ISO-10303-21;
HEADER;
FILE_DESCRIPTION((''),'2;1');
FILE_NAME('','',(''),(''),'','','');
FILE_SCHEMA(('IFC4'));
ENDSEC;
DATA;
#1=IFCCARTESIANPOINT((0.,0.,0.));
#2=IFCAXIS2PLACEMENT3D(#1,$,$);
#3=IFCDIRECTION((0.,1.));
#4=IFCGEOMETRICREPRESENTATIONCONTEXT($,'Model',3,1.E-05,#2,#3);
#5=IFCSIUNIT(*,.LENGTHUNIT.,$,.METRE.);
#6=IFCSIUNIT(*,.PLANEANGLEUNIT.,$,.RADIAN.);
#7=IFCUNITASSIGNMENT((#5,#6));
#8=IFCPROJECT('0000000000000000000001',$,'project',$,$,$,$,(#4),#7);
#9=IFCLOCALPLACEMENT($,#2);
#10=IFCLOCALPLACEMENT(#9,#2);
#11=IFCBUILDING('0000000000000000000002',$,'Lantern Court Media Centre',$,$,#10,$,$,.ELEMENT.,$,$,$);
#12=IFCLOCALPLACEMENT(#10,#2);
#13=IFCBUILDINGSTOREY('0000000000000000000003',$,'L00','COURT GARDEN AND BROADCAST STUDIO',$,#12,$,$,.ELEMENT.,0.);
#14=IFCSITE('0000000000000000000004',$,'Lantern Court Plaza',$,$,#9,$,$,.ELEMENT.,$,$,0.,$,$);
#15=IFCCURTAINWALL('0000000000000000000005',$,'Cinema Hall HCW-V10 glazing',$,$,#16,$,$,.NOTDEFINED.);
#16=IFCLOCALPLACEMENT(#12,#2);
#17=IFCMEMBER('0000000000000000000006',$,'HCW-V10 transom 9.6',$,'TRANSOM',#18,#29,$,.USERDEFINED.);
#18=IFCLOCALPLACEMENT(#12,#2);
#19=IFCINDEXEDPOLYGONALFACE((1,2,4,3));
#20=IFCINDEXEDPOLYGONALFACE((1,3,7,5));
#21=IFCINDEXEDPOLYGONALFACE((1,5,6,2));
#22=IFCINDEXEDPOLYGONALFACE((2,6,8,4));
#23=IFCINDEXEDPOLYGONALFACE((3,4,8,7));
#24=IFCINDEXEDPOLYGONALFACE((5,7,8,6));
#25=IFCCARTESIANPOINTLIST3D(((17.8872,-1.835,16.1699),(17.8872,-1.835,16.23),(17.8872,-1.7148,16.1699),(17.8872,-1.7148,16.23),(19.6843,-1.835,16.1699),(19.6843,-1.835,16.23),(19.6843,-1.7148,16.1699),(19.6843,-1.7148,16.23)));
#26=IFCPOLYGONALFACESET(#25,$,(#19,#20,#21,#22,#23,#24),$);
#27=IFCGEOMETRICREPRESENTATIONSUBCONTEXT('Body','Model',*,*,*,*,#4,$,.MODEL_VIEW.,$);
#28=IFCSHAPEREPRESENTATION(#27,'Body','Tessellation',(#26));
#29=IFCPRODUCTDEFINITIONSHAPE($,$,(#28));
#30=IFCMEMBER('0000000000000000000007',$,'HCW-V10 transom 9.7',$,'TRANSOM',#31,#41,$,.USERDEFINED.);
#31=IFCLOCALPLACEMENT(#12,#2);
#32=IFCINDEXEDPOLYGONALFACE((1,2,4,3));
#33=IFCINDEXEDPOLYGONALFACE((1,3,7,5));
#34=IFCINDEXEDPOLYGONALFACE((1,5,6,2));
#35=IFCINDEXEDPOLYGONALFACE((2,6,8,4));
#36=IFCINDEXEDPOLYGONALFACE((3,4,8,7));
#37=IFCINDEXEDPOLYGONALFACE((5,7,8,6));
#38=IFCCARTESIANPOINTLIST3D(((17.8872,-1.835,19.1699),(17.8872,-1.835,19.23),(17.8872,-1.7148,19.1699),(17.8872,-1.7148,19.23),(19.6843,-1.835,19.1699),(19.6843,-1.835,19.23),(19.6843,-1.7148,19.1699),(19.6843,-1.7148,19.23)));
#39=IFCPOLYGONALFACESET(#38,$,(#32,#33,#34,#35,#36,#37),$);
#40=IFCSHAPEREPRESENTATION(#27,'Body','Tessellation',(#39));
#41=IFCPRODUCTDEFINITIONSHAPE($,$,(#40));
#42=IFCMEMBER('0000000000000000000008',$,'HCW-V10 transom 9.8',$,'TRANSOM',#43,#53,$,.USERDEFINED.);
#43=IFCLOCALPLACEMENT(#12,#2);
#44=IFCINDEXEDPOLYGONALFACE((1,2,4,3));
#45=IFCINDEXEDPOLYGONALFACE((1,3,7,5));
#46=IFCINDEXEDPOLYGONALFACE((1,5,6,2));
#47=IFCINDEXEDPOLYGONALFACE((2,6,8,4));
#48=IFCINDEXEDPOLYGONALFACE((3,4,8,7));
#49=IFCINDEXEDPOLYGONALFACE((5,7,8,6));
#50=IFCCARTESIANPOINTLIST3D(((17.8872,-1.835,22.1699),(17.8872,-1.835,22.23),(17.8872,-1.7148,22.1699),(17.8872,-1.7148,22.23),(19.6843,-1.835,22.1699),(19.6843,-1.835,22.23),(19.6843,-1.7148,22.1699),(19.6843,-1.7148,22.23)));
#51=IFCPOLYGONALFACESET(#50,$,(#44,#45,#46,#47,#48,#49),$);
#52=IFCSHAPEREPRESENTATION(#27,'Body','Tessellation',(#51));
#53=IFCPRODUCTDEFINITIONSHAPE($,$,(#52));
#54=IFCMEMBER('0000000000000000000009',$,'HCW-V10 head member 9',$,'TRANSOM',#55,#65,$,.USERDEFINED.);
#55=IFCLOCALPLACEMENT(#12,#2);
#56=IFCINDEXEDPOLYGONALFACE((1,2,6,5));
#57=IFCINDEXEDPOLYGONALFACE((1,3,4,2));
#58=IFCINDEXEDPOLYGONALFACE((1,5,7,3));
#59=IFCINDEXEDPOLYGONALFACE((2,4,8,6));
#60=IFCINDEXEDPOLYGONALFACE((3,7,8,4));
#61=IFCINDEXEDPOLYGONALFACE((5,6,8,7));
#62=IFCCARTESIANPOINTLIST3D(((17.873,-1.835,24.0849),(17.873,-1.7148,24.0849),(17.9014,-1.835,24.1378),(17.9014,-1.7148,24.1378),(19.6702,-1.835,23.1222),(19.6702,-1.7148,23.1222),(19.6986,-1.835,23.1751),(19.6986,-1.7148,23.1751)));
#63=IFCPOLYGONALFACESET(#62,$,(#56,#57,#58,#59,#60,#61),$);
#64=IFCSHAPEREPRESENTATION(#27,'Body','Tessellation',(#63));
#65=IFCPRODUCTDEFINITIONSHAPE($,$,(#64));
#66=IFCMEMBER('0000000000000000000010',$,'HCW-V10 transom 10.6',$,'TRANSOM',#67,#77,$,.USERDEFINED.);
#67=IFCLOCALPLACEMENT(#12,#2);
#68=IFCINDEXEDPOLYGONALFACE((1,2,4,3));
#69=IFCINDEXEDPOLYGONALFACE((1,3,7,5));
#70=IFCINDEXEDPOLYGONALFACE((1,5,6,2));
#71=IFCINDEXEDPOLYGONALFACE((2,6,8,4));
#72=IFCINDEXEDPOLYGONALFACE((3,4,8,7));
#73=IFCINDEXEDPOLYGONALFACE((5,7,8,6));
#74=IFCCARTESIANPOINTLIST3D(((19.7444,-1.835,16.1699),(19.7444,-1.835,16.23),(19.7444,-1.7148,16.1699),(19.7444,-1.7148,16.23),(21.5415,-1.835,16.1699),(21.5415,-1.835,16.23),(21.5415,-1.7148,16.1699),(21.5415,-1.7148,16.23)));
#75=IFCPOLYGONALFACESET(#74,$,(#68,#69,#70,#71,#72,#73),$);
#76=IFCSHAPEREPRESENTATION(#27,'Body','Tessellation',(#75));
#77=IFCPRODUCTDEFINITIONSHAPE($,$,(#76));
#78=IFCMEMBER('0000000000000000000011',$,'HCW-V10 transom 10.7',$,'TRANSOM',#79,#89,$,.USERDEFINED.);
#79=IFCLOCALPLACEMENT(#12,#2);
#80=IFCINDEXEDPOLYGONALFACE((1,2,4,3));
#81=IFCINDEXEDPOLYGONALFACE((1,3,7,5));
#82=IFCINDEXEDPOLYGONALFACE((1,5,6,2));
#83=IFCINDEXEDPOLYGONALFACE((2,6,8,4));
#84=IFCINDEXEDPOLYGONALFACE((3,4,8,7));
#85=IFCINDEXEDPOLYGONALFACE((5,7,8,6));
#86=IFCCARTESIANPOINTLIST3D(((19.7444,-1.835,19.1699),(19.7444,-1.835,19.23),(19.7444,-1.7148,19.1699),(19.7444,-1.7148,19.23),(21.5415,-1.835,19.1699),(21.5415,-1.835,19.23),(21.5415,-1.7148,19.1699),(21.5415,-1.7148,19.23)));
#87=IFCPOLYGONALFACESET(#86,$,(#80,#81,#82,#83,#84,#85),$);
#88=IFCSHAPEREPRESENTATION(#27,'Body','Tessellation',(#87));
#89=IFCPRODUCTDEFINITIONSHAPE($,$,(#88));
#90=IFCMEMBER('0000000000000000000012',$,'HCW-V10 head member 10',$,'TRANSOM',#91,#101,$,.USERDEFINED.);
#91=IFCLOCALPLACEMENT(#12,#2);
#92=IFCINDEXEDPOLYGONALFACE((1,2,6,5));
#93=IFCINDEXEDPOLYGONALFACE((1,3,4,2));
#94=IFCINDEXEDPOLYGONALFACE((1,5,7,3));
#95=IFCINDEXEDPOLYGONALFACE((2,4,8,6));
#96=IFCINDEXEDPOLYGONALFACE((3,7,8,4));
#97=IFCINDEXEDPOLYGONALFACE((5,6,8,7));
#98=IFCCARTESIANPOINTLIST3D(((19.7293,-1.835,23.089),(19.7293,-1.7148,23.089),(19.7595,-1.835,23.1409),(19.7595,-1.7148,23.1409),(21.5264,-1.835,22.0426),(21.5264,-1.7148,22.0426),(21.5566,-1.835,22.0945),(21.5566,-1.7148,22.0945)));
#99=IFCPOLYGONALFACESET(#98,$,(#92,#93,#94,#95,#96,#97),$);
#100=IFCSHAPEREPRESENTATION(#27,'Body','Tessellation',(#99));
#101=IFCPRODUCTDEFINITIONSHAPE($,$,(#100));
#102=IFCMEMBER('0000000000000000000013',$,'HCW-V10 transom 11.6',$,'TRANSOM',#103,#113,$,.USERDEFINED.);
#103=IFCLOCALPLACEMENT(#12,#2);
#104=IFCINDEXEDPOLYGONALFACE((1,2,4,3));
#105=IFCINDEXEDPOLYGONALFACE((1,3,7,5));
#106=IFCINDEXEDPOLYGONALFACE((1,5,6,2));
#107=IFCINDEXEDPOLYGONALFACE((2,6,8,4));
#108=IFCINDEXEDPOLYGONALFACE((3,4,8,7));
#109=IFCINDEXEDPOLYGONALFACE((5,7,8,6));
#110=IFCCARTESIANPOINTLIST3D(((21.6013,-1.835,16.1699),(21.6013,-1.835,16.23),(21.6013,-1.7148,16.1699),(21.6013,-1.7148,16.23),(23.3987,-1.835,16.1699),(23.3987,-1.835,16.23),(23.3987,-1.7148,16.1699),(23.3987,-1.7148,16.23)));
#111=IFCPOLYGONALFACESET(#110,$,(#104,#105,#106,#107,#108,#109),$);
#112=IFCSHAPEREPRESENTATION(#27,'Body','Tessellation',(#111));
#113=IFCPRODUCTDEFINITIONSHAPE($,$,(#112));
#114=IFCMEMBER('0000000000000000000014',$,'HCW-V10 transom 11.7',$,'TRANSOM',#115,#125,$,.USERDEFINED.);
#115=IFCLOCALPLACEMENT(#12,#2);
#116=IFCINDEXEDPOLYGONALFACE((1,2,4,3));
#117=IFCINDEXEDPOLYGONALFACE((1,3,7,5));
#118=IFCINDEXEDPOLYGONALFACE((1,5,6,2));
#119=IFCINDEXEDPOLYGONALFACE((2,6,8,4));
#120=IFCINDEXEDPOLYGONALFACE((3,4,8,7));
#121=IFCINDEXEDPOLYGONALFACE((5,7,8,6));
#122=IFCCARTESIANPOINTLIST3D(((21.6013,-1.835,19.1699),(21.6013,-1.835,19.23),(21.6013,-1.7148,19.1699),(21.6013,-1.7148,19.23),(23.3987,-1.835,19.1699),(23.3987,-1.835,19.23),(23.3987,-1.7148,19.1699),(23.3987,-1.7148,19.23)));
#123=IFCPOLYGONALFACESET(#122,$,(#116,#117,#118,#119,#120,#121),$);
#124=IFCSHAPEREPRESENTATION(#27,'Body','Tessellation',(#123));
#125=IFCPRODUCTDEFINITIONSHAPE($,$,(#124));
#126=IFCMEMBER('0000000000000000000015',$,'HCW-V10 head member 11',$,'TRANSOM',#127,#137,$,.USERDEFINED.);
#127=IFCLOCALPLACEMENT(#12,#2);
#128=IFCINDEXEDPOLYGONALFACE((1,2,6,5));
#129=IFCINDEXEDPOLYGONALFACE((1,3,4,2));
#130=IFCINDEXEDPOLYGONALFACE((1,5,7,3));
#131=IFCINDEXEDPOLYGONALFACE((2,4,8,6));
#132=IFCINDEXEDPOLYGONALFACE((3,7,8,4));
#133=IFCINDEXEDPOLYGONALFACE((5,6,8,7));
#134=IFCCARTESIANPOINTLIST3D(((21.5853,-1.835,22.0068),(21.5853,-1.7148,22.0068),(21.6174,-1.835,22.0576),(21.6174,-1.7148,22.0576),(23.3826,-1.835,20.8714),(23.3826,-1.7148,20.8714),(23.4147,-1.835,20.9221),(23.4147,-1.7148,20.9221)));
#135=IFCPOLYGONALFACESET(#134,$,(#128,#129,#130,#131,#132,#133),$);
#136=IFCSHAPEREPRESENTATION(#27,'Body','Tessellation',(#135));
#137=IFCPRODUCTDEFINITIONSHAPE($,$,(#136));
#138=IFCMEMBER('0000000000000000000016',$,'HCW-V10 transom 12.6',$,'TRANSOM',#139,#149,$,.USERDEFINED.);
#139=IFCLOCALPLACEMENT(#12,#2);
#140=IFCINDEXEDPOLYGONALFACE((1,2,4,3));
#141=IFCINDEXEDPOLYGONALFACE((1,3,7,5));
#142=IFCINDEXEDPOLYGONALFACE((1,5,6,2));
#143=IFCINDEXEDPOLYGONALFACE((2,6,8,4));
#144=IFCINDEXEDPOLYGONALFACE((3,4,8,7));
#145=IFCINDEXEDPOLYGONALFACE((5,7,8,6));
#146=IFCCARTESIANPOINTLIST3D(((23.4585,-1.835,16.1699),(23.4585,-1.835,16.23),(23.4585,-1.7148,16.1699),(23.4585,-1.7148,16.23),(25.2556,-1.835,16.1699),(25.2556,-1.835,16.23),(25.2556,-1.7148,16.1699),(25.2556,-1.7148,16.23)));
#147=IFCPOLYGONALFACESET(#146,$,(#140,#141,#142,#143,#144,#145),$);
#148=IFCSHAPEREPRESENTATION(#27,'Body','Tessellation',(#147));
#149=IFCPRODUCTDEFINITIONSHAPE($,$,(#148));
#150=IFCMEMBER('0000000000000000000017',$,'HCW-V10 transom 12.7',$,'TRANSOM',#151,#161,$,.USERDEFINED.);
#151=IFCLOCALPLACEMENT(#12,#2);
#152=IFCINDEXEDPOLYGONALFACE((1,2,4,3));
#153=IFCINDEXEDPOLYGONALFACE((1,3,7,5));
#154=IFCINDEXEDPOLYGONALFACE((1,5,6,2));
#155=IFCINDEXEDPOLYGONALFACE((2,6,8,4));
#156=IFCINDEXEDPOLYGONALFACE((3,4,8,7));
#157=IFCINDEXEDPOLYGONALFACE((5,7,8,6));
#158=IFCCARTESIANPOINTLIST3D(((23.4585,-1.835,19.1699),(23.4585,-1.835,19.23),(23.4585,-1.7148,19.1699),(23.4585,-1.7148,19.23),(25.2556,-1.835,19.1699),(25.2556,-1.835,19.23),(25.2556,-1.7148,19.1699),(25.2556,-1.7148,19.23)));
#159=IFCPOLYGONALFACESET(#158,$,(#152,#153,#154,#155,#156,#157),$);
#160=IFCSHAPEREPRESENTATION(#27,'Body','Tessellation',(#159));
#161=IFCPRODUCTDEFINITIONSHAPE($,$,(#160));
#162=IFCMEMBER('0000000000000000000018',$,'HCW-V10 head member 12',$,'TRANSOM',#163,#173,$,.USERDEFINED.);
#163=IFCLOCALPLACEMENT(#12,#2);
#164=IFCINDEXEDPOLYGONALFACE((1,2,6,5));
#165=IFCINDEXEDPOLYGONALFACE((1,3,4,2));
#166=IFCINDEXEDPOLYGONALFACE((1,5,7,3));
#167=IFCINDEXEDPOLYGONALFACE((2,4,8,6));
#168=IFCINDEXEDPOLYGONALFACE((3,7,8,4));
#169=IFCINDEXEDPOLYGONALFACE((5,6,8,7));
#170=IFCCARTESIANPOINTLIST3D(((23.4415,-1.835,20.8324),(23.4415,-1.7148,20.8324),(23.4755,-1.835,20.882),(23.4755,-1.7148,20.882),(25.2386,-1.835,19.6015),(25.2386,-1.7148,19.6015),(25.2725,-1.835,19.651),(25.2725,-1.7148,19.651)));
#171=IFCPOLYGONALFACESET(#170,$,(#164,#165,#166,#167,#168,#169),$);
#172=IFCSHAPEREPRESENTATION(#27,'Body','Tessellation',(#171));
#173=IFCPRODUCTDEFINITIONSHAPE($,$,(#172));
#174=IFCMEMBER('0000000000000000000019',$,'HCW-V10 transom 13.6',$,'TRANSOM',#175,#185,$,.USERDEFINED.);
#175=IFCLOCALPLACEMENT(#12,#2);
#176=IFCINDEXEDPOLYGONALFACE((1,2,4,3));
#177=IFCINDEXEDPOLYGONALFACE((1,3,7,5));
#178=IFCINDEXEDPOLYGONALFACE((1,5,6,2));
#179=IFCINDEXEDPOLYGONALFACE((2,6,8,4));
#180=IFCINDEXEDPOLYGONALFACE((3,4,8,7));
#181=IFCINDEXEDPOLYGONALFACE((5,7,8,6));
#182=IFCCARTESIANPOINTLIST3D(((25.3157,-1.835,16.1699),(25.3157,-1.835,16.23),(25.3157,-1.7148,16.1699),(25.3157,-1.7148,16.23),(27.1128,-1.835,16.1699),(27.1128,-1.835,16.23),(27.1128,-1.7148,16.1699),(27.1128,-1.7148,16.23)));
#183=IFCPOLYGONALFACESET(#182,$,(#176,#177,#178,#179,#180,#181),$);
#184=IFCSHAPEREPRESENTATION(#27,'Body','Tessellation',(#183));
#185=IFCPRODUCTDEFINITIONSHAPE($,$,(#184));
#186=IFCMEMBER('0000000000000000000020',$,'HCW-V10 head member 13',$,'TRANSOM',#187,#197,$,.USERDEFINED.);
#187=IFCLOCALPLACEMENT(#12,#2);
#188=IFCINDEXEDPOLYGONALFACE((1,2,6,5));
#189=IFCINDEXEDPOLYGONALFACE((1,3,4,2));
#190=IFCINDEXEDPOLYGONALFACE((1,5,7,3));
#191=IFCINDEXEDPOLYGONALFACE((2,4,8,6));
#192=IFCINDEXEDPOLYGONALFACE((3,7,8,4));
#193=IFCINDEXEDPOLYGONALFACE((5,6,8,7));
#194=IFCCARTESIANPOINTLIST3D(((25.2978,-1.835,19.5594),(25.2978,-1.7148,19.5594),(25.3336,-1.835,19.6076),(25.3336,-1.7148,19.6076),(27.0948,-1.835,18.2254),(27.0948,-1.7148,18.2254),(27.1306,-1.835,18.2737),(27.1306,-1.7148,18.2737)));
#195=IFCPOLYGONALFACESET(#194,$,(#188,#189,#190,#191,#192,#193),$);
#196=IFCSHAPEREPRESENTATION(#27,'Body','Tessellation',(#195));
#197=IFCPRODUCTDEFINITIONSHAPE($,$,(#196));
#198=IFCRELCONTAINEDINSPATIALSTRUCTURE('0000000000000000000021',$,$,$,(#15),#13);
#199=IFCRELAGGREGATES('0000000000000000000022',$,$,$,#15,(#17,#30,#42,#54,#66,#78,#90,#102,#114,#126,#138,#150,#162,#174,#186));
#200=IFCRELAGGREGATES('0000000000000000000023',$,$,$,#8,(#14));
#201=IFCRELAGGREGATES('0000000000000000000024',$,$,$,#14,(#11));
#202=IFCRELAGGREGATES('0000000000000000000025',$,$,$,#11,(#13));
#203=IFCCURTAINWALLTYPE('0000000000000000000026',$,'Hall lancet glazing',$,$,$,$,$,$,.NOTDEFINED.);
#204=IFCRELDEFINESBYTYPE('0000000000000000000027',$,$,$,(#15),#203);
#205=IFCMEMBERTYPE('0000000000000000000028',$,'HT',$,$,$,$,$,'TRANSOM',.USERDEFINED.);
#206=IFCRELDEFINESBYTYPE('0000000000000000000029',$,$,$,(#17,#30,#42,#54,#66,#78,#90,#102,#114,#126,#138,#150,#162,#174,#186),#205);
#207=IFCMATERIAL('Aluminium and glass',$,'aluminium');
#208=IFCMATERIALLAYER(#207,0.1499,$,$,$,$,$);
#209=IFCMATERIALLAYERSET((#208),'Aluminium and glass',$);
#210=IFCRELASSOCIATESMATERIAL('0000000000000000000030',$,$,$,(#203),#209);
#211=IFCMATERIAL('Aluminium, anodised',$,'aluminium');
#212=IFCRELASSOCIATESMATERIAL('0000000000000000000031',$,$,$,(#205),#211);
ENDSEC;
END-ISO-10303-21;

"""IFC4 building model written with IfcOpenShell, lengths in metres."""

from ifc_helpers import new_model, si_unit, direction, frame, origin, origin_2d, place, context, subcontext, project, spatial, rectangle, extrude, material, layer, layer_set, material_profile, profile_set, type_object, element, aggregate, save


model = new_model("IFC4")

# Units and contexts
model_context = context("Model", 3, precision=1e-05, world=origin(), true_north=direction((0.0, 1.0)))
body_context = subcontext(model_context, "Body", "Model", "MODEL_VIEW")
ifc_project = project(units=[si_unit("LENGTHUNIT", "METRE"), si_unit("PLANEANGLEUNIT", "RADIAN")], contexts=[model_context])

# Site, building, storey
site_placement = place(None, origin())
site = spatial("IfcSite", under=ifc_project, at=site_placement, Name="Lantern Court Plaza", CompositionType="ELEMENT", RefElevation=0.0)
building_placement = place(site_placement, origin())
building = spatial("IfcBuilding", under=site, at=building_placement, Name="Lantern Court Media Centre", CompositionType="ELEMENT")
storey_placement = place(building_placement, origin())
storey = spatial("IfcBuildingStorey", under=building, at=storey_placement, Name="L00", Description="COURT GARDEN AND BROADCAST STUDIO", CompositionType="ELEMENT", Elevation=0.0)

# Curtain wall, members
ifc_material_1 = material(Name="Aluminium and glass", Category="aluminium")
ifc_layer_1 = layer(ifc_material_1, 0.1499)
ifc_layer_set_1 = layer_set([ifc_layer_1], Name="Aluminium and glass")
curtain_wall_type = type_object("IfcCurtainWallType", Name="Hall lancet glazing", PredefinedType="NOTDEFINED", material=ifc_layer_set_1)
curtain_wall_placement = place(storey_placement, origin())
curtain_wall = element("IfcCurtainWall", 1, at=curtain_wall_placement, inside=storey, type_object=curtain_wall_type, Name="Cinema Hall HCW-V10 glazing", PredefinedType="NOTDEFINED")
ifc_material_2 = material(Name="Aluminium, anodised", Category="aluminium")
ifc_material_profile = material_profile(ifc_material_2, rectangle(XDim=0.1201, YDim=0.0601, at=origin_2d()), Name="HT")
ifc_profile_set = profile_set([ifc_material_profile], Name="Aluminium, anodised")
member_type = type_object("IfcMemberType", Name="HT", ElementType="TRANSOM", PredefinedType="USERDEFINED", material=ifc_profile_set)
member_1_placement = place(storey_placement, frame((17.8872, -1.7749, 16.2), z_axis=(1.0, 0.0, 0.0), x_axis=(0.0, 1.0, 0.0)))
member_1 = element("IfcMember", 2, at=member_1_placement, type_object=member_type, Name="HCW-V10 transom 9.6", ObjectType="TRANSOM", PredefinedType="USERDEFINED", context=body_context, shape_type="SweptSolid", body=[
    extrude(rectangle(XDim=0.1201, YDim=0.0601, at=origin_2d()), origin(), (0.0, 0.0, 1.0), 1.7971),
])
member_2_placement = place(storey_placement, frame((17.8872, -1.7749, 19.2), z_axis=(1.0, 0.0, 0.0), x_axis=(0.0, 1.0, 0.0)))
member_2 = element("IfcMember", 3, at=member_2_placement, type_object=member_type, Name="HCW-V10 transom 9.7", ObjectType="TRANSOM", PredefinedType="USERDEFINED", context=body_context, shape_type="SweptSolid", body=[
    extrude(rectangle(XDim=0.1201, YDim=0.0601, at=origin_2d()), origin(), (0.0, 0.0, 1.0), 1.7971),
])
member_3_placement = place(storey_placement, frame((17.8872, -1.7749, 22.2), z_axis=(1.0, 0.0, 0.0), x_axis=(0.0, 1.0, 0.0)))
member_3 = element("IfcMember", 4, at=member_3_placement, type_object=member_type, Name="HCW-V10 transom 9.8", ObjectType="TRANSOM", PredefinedType="USERDEFINED", context=body_context, shape_type="SweptSolid", body=[
    extrude(rectangle(XDim=0.1201, YDim=0.0601, at=origin_2d()), origin(), (0.0, 0.0, 1.0), 1.7971),
])
member_4_placement = place(storey_placement, frame((17.8872, -1.7749, 24.1113), z_axis=(0.8815, 0.0, -0.472185), x_axis=(0.0, 1.0, 0.0)))
member_4 = element("IfcMember", 5, at=member_4_placement, type_object=member_type, Name="HCW-V10 head member 9", ObjectType="TRANSOM", PredefinedType="USERDEFINED", context=body_context, shape_type="SweptSolid", body=[
    extrude(rectangle(XDim=0.1201, YDim=0.0601, at=origin_2d()), origin(), (0.0, 0.0, 1.0), 2.0388),
])
member_5_placement = place(storey_placement, frame((19.7444, -1.7749, 16.2), z_axis=(1.0, 0.0, 0.0), x_axis=(0.0, 1.0, 0.0)))
member_5 = element("IfcMember", 6, at=member_5_placement, type_object=member_type, Name="HCW-V10 transom 10.6", ObjectType="TRANSOM", PredefinedType="USERDEFINED", context=body_context, shape_type="SweptSolid", body=[
    extrude(rectangle(XDim=0.1201, YDim=0.0601, at=origin_2d()), origin(), (0.0, 0.0, 1.0), 1.7971),
])
member_6_placement = place(storey_placement, frame((19.7444, -1.7749, 19.2), z_axis=(1.0, 0.0, 0.0), x_axis=(0.0, 1.0, 0.0)))
member_6 = element("IfcMember", 7, at=member_6_placement, type_object=member_type, Name="HCW-V10 transom 10.7", ObjectType="TRANSOM", PredefinedType="USERDEFINED", context=body_context, shape_type="SweptSolid", body=[
    extrude(rectangle(XDim=0.1201, YDim=0.0601, at=origin_2d()), origin(), (0.0, 0.0, 1.0), 1.7971),
])
member_7_placement = place(storey_placement, frame((19.7444, -1.7749, 23.115), z_axis=(0.864183, 0.0, -0.503177), x_axis=(0.0, 1.0, 0.0)))
member_7 = element("IfcMember", 8, at=member_7_placement, type_object=member_type, Name="HCW-V10 head member 10", ObjectType="TRANSOM", PredefinedType="USERDEFINED", context=body_context, shape_type="SweptSolid", body=[
    extrude(rectangle(XDim=0.1201, YDim=0.0601, at=origin_2d()), origin(), (0.0, 0.0, 1.0), 2.0796),
])
member_8_placement = place(storey_placement, frame((21.6013, -1.7749, 16.2), z_axis=(1.0, 0.0, 0.0), x_axis=(0.0, 1.0, 0.0)))
member_8 = element("IfcMember", 9, at=member_8_placement, type_object=member_type, Name="HCW-V10 transom 11.6", ObjectType="TRANSOM", PredefinedType="USERDEFINED", context=body_context, shape_type="SweptSolid", body=[
    extrude(rectangle(XDim=0.1201, YDim=0.0601, at=origin_2d()), origin(), (0.0, 0.0, 1.0), 1.7974),
])
member_9_placement = place(storey_placement, frame((21.6013, -1.7749, 19.2), z_axis=(1.0, 0.0, 0.0), x_axis=(0.0, 1.0, 0.0)))
member_9 = element("IfcMember", 10, at=member_9_placement, type_object=member_type, Name="HCW-V10 transom 11.7", ObjectType="TRANSOM", PredefinedType="USERDEFINED", context=body_context, shape_type="SweptSolid", body=[
    extrude(rectangle(XDim=0.1201, YDim=0.0601, at=origin_2d()), origin(), (0.0, 0.0, 1.0), 1.7974),
])
member_10_placement = place(storey_placement, frame((21.6013, -1.7749, 22.0322), z_axis=(0.845421, 0.0, -0.534101), x_axis=(0.0, 1.0, 0.0)))
member_10 = element("IfcMember", 11, at=member_10_placement, type_object=member_type, Name="HCW-V10 head member 11", ObjectType="TRANSOM", PredefinedType="USERDEFINED", context=body_context, shape_type="SweptSolid", body=[
    extrude(rectangle(XDim=0.1201, YDim=0.0601, at=origin_2d()), origin(), (0.0, 0.0, 1.0), 2.126),
])
member_11_placement = place(storey_placement, frame((23.4585, -1.7749, 16.2), z_axis=(1.0, 0.0, 0.0), x_axis=(0.0, 1.0, 0.0)))
member_11 = element("IfcMember", 12, at=member_11_placement, type_object=member_type, Name="HCW-V10 transom 12.6", ObjectType="TRANSOM", PredefinedType="USERDEFINED", context=body_context, shape_type="SweptSolid", body=[
    extrude(rectangle(XDim=0.1201, YDim=0.0601, at=origin_2d()), origin(), (0.0, 0.0, 1.0), 1.7971),
])
member_12_placement = place(storey_placement, frame((23.4585, -1.7749, 19.2), z_axis=(1.0, 0.0, 0.0), x_axis=(0.0, 1.0, 0.0)))
member_12 = element("IfcMember", 13, at=member_12_placement, type_object=member_type, Name="HCW-V10 transom 12.7", ObjectType="TRANSOM", PredefinedType="USERDEFINED", context=body_context, shape_type="SweptSolid", body=[
    extrude(rectangle(XDim=0.1201, YDim=0.0601, at=origin_2d()), origin(), (0.0, 0.0, 1.0), 1.7971),
])
member_13_placement = place(storey_placement, frame((23.4585, -1.7749, 20.8572), z_axis=(0.825018, 0.0, -0.565106), x_axis=(0.0, 1.0, 0.0)))
member_13 = element("IfcMember", 14, at=member_13_placement, type_object=member_type, Name="HCW-V10 head member 12", ObjectType="TRANSOM", PredefinedType="USERDEFINED", context=body_context, shape_type="SweptSolid", body=[
    extrude(rectangle(XDim=0.1201, YDim=0.0601, at=origin_2d()), origin(), (0.0, 0.0, 1.0), 2.1782),
])
member_14_placement = place(storey_placement, frame((25.3157, -1.7749, 16.2), z_axis=(1.0, 0.0, 0.0), x_axis=(0.0, 1.0, 0.0)))
member_14 = element("IfcMember", 15, at=member_14_placement, type_object=member_type, Name="HCW-V10 transom 13.6", ObjectType="TRANSOM", PredefinedType="USERDEFINED", context=body_context, shape_type="SweptSolid", body=[
    extrude(rectangle(XDim=0.1201, YDim=0.0601, at=origin_2d()), origin(), (0.0, 0.0, 1.0), 1.7971),
])
member_15_placement = place(storey_placement, frame((25.3157, -1.7749, 19.5835), z_axis=(0.802962, 0.0, -0.596031), x_axis=(0.0, 1.0, 0.0)))
member_15 = element("IfcMember", 16, at=member_15_placement, type_object=member_type, Name="HCW-V10 head member 13", ObjectType="TRANSOM", PredefinedType="USERDEFINED", context=body_context, shape_type="SweptSolid", body=[
    extrude(rectangle(XDim=0.1201, YDim=0.0601, at=origin_2d()), origin(), (0.0, 0.0, 1.0), 2.238),
])
aggregate(curtain_wall, [member_1, member_2, member_3, member_4, member_5, member_6, member_7, member_8, member_9, member_10, member_11, member_12, member_13, member_14, member_15])

save(model, "model.ifc")
